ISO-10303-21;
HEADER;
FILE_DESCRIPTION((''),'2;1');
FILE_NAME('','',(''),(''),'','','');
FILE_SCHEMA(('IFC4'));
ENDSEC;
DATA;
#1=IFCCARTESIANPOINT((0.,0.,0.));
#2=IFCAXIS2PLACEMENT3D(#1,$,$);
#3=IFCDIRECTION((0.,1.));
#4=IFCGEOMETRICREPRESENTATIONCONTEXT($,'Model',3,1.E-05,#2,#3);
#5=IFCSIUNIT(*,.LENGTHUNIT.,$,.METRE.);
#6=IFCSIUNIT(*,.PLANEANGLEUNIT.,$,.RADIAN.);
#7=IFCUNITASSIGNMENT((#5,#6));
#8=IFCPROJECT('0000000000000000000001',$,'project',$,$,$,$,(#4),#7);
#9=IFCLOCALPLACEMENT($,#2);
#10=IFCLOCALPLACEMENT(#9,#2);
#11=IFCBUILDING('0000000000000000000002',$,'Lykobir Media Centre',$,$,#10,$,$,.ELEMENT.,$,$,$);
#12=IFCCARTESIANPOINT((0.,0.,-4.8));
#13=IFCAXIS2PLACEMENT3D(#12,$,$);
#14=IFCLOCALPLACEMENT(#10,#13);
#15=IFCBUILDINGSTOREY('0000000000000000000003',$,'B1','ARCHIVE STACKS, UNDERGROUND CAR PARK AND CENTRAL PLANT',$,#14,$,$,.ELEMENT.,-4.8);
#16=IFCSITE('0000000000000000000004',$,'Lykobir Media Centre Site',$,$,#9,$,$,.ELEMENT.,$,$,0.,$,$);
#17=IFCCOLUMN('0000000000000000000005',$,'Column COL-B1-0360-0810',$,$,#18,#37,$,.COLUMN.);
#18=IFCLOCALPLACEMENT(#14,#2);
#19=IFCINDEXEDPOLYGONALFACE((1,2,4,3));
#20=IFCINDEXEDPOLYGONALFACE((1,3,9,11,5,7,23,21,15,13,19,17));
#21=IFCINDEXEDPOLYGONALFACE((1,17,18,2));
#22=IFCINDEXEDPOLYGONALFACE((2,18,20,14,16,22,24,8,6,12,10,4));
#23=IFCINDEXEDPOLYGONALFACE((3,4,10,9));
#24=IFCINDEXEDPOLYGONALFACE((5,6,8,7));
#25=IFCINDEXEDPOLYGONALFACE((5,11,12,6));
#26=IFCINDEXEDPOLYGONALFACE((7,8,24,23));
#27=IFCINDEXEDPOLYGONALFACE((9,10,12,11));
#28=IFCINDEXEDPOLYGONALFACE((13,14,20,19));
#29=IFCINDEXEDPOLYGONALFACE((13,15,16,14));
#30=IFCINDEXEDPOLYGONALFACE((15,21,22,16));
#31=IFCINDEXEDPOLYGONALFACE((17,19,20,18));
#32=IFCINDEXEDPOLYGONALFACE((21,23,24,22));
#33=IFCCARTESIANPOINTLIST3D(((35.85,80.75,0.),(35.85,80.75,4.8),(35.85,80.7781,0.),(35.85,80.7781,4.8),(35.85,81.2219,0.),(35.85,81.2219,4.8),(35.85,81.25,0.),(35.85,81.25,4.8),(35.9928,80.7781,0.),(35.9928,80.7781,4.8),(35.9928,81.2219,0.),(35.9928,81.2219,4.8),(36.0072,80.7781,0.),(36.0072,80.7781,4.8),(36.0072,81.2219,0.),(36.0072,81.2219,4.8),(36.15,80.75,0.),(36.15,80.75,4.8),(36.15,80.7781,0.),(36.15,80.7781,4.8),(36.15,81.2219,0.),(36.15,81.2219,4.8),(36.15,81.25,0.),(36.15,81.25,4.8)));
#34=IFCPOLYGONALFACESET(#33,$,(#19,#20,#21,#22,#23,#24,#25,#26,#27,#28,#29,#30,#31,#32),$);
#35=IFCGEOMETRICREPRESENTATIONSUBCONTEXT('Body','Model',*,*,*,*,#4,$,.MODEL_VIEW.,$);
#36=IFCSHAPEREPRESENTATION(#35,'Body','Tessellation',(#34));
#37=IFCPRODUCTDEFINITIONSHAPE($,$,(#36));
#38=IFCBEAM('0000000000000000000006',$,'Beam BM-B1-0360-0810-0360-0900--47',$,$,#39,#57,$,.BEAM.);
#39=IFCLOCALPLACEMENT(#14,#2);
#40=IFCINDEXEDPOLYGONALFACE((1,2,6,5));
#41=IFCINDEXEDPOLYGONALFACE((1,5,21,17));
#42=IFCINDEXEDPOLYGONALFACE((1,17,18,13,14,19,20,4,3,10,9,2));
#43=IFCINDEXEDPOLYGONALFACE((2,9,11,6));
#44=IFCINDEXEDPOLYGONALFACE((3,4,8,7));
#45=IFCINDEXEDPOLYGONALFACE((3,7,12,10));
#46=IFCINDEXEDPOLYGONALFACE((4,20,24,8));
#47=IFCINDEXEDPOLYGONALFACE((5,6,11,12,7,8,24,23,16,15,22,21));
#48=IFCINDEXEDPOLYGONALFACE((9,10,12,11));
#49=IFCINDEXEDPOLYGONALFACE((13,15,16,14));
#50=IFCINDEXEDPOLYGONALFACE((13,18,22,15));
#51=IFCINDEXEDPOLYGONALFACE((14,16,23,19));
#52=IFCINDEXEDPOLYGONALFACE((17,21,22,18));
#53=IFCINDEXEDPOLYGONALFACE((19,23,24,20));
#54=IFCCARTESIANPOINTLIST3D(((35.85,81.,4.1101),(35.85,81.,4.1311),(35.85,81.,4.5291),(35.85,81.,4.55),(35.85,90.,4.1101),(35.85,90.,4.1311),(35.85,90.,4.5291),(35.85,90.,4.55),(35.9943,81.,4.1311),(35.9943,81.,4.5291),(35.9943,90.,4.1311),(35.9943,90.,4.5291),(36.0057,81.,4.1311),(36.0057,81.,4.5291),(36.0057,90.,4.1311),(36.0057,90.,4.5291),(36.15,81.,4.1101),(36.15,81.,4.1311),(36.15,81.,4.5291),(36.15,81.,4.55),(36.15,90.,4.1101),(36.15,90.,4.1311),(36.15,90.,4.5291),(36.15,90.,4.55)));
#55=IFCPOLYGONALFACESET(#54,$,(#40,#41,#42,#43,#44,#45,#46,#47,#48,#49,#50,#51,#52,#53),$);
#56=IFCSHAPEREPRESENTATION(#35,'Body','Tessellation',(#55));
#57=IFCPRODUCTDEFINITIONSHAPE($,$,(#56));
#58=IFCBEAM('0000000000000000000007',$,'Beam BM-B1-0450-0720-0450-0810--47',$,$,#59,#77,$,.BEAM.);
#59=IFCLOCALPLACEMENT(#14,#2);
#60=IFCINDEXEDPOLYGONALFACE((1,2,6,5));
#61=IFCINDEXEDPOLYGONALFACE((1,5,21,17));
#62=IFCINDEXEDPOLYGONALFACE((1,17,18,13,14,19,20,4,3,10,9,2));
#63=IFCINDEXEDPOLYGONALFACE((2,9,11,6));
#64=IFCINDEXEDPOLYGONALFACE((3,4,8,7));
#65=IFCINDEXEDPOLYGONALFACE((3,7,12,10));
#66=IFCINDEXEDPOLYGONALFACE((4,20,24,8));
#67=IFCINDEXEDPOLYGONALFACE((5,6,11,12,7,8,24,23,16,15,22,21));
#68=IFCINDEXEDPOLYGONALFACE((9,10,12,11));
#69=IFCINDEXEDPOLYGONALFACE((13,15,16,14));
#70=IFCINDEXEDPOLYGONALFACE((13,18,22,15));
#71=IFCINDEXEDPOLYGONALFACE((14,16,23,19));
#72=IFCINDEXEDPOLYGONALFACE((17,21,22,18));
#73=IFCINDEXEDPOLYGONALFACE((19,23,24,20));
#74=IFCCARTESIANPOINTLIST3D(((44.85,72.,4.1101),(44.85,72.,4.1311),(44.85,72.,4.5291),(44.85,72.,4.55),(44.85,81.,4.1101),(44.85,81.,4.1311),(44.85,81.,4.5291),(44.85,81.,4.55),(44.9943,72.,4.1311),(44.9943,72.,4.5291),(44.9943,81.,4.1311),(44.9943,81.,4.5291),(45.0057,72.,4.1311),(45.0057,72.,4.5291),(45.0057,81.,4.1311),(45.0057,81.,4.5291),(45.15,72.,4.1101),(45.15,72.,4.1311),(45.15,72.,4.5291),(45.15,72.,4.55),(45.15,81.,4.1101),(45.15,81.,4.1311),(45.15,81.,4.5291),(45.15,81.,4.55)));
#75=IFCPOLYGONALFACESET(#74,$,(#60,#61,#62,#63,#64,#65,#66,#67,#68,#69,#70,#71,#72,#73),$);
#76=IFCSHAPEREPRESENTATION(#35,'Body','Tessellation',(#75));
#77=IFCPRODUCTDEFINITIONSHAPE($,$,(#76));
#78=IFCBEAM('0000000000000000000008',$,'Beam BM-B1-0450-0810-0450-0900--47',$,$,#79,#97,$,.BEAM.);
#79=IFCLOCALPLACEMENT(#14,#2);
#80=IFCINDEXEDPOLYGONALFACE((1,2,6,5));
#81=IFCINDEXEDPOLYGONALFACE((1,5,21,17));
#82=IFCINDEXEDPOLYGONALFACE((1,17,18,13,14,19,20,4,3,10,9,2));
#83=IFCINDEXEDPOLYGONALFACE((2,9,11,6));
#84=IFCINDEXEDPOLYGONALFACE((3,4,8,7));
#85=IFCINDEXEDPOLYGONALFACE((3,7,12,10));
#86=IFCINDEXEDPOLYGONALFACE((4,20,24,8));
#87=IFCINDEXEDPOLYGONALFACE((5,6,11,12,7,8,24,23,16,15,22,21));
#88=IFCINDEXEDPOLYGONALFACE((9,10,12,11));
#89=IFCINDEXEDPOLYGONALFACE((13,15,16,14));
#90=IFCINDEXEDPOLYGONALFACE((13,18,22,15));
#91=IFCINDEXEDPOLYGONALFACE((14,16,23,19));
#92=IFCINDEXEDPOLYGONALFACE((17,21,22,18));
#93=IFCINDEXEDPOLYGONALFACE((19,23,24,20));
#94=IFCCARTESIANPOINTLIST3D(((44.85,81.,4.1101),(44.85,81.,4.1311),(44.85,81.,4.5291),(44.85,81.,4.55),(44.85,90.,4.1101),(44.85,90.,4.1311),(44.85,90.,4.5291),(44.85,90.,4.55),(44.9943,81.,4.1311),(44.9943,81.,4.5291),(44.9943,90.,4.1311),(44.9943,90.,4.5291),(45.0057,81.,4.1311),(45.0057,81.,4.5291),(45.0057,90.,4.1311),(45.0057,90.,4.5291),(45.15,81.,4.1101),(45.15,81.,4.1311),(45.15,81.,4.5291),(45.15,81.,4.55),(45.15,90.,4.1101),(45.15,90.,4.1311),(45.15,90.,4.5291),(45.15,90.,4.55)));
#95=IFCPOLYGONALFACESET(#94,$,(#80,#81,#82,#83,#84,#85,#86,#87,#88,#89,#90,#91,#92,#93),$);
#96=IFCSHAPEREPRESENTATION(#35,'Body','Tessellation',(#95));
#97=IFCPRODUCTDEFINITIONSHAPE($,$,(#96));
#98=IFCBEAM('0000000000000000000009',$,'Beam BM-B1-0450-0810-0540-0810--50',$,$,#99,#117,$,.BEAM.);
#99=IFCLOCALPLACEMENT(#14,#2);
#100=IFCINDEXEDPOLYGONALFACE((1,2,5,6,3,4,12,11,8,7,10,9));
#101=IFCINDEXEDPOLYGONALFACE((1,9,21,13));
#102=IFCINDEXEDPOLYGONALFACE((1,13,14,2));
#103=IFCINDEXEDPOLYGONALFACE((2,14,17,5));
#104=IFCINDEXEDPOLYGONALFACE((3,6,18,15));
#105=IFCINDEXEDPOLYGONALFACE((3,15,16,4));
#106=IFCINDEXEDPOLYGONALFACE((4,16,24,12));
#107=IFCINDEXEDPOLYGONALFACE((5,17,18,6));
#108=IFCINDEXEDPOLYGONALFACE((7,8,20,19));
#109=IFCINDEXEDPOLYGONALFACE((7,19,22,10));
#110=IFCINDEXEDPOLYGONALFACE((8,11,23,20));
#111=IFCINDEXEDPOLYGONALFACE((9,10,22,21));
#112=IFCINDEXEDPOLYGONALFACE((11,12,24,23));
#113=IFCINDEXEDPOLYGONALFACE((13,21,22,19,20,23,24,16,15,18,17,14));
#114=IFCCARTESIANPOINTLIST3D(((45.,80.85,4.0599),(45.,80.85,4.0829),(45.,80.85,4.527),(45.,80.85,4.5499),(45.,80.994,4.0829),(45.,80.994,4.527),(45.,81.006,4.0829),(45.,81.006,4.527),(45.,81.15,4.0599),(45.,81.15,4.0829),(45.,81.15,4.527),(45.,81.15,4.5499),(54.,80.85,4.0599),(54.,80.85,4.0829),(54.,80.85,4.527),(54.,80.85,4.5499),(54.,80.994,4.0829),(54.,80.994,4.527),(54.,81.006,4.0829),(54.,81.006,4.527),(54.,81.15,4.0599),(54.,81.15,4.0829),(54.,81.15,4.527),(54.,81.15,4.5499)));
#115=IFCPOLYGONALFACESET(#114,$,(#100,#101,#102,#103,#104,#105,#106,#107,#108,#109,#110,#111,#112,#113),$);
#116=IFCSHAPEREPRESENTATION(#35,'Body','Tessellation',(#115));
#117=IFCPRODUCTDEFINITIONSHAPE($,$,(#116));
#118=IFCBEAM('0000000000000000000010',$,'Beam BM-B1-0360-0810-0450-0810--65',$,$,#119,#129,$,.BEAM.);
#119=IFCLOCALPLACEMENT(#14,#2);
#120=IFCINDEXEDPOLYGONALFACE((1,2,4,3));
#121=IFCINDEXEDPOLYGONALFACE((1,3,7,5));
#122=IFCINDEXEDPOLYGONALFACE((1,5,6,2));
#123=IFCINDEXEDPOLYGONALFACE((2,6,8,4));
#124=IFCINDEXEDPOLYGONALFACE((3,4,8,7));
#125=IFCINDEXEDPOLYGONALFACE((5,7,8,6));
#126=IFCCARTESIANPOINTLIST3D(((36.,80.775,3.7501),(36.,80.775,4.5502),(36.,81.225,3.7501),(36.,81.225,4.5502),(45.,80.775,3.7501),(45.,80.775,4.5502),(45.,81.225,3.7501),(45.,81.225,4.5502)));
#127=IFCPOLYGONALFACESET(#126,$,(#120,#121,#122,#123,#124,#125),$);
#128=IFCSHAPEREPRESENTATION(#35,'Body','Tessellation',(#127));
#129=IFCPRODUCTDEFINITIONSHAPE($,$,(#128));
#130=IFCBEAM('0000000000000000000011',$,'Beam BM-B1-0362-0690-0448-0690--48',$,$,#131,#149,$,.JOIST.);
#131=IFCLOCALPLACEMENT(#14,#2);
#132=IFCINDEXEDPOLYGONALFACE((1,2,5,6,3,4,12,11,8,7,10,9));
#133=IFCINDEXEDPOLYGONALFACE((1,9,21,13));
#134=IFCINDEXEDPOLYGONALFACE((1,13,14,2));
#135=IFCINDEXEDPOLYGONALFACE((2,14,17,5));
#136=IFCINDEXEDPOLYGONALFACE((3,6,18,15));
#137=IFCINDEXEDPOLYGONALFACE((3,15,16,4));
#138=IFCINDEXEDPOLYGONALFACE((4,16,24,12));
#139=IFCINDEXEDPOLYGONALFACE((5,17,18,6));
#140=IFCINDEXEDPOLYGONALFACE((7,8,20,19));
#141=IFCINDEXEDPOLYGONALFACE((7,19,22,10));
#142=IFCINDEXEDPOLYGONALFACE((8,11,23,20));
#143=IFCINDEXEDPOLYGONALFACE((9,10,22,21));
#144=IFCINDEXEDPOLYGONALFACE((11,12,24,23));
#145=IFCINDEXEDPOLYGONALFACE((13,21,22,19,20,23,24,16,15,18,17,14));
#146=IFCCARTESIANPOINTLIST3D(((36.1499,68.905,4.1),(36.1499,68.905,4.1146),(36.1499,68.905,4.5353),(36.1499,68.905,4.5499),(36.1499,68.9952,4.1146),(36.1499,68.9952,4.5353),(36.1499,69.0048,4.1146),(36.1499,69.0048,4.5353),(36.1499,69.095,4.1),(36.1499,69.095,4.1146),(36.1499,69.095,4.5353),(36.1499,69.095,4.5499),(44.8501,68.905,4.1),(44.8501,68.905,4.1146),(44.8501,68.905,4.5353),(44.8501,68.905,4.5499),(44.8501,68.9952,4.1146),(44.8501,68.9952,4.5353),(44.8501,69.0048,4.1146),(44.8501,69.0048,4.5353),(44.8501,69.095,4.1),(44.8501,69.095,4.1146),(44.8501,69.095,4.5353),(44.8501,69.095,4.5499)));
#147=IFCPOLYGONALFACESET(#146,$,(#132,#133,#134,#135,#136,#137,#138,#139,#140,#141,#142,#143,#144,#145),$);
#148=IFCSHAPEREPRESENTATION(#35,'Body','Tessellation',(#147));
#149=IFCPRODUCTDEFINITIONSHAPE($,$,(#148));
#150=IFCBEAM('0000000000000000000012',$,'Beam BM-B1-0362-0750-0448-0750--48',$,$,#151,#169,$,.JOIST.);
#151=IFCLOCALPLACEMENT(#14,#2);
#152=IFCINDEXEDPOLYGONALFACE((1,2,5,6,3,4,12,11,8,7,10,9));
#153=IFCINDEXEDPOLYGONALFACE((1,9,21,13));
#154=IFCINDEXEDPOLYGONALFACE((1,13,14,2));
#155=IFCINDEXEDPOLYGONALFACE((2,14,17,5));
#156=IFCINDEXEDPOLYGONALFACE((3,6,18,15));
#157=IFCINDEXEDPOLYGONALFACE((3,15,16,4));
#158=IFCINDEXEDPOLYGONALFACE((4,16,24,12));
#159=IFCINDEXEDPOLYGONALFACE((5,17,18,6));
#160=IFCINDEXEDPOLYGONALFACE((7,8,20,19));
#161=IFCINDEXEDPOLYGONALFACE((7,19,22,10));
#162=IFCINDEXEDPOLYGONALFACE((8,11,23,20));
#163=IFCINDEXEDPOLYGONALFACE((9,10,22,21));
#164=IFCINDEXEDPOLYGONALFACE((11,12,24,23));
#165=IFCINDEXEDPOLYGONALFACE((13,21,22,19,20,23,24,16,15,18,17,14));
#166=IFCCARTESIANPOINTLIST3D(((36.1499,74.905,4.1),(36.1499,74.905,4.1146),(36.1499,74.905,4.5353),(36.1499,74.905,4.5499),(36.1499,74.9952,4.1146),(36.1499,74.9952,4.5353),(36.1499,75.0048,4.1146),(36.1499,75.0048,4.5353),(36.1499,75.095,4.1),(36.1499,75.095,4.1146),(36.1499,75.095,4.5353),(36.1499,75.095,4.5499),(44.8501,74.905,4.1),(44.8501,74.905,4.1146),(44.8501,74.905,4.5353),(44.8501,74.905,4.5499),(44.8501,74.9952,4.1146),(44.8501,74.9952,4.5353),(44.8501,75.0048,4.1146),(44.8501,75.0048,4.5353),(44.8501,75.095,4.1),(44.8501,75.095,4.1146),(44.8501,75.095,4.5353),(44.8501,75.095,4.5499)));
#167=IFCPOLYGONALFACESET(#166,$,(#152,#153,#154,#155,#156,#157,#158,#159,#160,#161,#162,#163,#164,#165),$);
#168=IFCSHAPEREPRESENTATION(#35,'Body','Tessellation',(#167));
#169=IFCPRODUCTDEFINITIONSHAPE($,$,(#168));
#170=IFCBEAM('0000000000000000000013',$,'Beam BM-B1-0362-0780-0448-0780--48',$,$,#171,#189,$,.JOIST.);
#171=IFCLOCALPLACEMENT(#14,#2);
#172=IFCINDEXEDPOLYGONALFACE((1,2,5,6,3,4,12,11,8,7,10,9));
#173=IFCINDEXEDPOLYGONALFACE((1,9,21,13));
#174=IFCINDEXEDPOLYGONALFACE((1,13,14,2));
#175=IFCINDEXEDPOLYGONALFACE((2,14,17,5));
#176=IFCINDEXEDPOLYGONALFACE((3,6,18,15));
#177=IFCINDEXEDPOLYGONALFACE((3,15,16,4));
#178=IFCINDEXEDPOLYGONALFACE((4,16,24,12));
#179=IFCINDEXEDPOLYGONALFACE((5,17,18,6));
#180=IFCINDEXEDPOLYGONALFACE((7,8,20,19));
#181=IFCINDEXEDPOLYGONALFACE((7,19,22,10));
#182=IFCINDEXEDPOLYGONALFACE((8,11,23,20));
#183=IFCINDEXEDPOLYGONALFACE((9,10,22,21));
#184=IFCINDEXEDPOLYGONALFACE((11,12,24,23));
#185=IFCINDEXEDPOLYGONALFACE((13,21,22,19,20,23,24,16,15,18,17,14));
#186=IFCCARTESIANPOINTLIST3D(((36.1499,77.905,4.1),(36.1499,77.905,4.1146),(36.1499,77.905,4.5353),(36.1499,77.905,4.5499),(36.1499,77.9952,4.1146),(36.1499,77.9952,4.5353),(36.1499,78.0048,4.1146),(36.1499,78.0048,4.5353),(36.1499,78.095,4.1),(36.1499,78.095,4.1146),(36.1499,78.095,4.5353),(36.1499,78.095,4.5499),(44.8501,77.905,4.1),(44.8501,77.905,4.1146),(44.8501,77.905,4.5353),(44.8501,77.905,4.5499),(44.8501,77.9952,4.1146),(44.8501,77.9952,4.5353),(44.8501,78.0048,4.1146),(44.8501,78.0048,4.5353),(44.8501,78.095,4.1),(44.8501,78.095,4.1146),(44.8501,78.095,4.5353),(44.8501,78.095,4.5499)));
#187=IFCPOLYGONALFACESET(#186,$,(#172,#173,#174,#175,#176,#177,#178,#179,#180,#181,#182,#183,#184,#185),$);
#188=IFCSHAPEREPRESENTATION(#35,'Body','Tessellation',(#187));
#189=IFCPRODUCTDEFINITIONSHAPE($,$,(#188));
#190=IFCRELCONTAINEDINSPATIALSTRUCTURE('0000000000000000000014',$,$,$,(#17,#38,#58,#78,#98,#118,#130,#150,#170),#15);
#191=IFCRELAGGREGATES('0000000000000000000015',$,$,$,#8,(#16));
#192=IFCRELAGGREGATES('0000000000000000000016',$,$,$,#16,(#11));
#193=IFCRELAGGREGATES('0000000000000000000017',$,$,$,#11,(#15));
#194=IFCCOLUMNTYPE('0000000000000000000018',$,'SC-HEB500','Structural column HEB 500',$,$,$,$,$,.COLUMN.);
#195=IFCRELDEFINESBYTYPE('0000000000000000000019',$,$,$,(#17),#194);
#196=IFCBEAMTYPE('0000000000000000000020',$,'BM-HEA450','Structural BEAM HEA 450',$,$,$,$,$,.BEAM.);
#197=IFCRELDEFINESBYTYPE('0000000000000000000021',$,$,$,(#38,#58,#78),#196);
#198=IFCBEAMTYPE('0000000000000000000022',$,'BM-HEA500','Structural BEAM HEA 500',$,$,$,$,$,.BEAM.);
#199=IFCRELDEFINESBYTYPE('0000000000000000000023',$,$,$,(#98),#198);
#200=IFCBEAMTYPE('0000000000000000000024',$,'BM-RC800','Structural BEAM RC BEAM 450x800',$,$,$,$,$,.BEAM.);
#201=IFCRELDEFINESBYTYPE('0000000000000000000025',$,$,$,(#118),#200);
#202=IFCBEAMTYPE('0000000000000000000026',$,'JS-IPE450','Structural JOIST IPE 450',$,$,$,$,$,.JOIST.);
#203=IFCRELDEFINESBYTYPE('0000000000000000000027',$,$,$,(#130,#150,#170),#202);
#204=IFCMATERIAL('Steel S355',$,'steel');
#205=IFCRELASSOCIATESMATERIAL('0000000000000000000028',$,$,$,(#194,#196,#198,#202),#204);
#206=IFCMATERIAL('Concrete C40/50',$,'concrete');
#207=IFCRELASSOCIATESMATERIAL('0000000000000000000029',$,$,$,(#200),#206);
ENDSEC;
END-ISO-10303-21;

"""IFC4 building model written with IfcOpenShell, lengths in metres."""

from ifc_helpers import new_model, si_unit, direction, frame, origin, origin_2d, place, context, subcontext, project, spatial, rectangle, i_section, extrude, material, material_profile, profile_set, type_object, element, save


model = new_model("IFC4")

# Units and contexts
model_context = context("Model", 3, precision=1e-05, world=origin(), true_north=direction((0.0, 1.0)))
body_context = subcontext(model_context, "Body", "Model", "MODEL_VIEW")
ifc_project = project(units=[si_unit("LENGTHUNIT", "METRE"), si_unit("PLANEANGLEUNIT", "RADIAN")], contexts=[model_context])

# Site, building, storey
site_placement = place(None, origin())
site = spatial("IfcSite", under=ifc_project, at=site_placement, Name="Lykobir Media Centre Site", CompositionType="ELEMENT", RefElevation=0.0)
building_placement = place(site_placement, origin())
building = spatial("IfcBuilding", under=site, at=building_placement, Name="Lykobir Media Centre", CompositionType="ELEMENT")
storey_placement = place(building_placement, frame((0.0, 0.0, -4.8)))
storey = spatial("IfcBuildingStorey", under=building, at=storey_placement, Name="B1", Description="ARCHIVE STACKS, UNDERGROUND CAR PARK AND CENTRAL PLANT", CompositionType="ELEMENT", Elevation=-4.8)

# Column
ifc_material_1 = material(Name="Concrete C40/50", Category="concrete")
ifc_material_2 = material(Name="Steel S355", Category="steel")
ifc_material_profile_1 = material_profile(ifc_material_2, i_section(OverallWidth=0.3, OverallDepth=0.5, WebThickness=0.0144, FlangeThickness=0.0281, at=origin_2d()), Name="HEB 500")
ifc_profile_set_1 = profile_set([ifc_material_profile_1], Name="Steel S355")
column_type_1 = type_object("IfcColumnType", Name="SC-HEB500", Description="Structural column HEB 500", PredefinedType="COLUMN", material=ifc_profile_set_1)
column_placement = place(storey_placement, frame((36.0, 81.0, 0.0), z_axis=(0.0, 0.0, 1.0), x_axis=(1.0, 0.0, 0.0)))
element("IfcColumn", 1, at=column_placement, inside=storey, type_object=column_type_1, Name="Column COL-B1-0360-0810", PredefinedType="COLUMN", context=body_context, shape_type="SweptSolid", body=[
    extrude(i_section(OverallWidth=0.3, OverallDepth=0.5, WebThickness=0.0144, FlangeThickness=0.0281, at=origin_2d()), origin(), (0.0, 0.0, 1.0), 4.8),
])

# Beams
ifc_material_profile_2 = material_profile(ifc_material_2, i_section(OverallWidth=0.3, OverallDepth=0.4399, WebThickness=0.0115, FlangeThickness=0.021, at=origin_2d()), Name="HEA 450")
ifc_profile_set_2 = profile_set([ifc_material_profile_2], Name="Steel S355")
beam_type_1 = type_object("IfcBeamType", Name="BM-HEA450", Description="Structural BEAM HEA 450", PredefinedType="BEAM", material=ifc_profile_set_2)
for number, where, z_axis, x_axis, name in (
    (2, (36.0, 81.0, 4.3301), (0.0, 1.0, 0.0), (-1.0, 0.0, 0.0), "Beam BM-B1-0360-0810-0360-0900--47"),
    (3, (45.0, 72.0, 4.3301), (0.0, 1.0, 0.0), (-1.0, 0.0, 0.0), "Beam BM-B1-0450-0720-0450-0810--47"),
    (4, (45.0, 81.0, 4.3301), (0.0, 1.0, 0.0), (-1.0, 0.0, 0.0), "Beam BM-B1-0450-0810-0450-0900--47"),
):
    element("IfcBeam", number, at=place(storey_placement, frame(where, z_axis=z_axis, x_axis=x_axis)), inside=storey, type_object=beam_type_1, Name=name, PredefinedType="BEAM", context=body_context, shape_type="SweptSolid", body=[
        extrude(i_section(OverallWidth=0.3, OverallDepth=0.4399, WebThickness=0.0115, FlangeThickness=0.021, at=origin_2d()), origin(), (0.0, 0.0, 1.0), 9.0),
    ])
ifc_material_profile_3 = material_profile(ifc_material_2, i_section(OverallWidth=0.3, OverallDepth=0.49, WebThickness=0.012, FlangeThickness=0.0229, at=origin_2d()), Name="HEA 500")
ifc_profile_set_3 = profile_set([ifc_material_profile_3], Name="Steel S355")
beam_type_2 = type_object("IfcBeamType", Name="BM-HEA500", Description="Structural BEAM HEA 500", PredefinedType="BEAM", material=ifc_profile_set_3)
beam_1_placement = place(storey_placement, frame((45.0, 81.0, 4.3049), z_axis=(1.0, 0.0, 0.0), x_axis=(0.0, 1.0, 0.0)))
element("IfcBeam", 5, at=beam_1_placement, inside=storey, type_object=beam_type_2, Name="Beam BM-B1-0450-0810-0540-0810--50", PredefinedType="BEAM", context=body_context, shape_type="SweptSolid", body=[
    extrude(i_section(OverallWidth=0.3, OverallDepth=0.49, WebThickness=0.012, FlangeThickness=0.0229, at=origin_2d()), origin(), (0.0, 0.0, 1.0), 9.0),
])
ifc_material_profile_4 = material_profile(ifc_material_1, rectangle(XDim=0.45, YDim=0.8, at=origin_2d()), Name="RC BEAM 450x800")
ifc_profile_set_4 = profile_set([ifc_material_profile_4], Name="Concrete C40/50")
beam_type_3 = type_object("IfcBeamType", Name="BM-RC800", Description="Structural BEAM RC BEAM 450x800", PredefinedType="BEAM", material=ifc_profile_set_4)
beam_2_placement = place(storey_placement, frame((36.0, 81.0, 4.1501), z_axis=(1.0, 0.0, 0.0), x_axis=(0.0, 1.0, 0.0)))
element("IfcBeam", 6, at=beam_2_placement, inside=storey, type_object=beam_type_3, Name="Beam BM-B1-0360-0810-0450-0810--65", PredefinedType="BEAM", context=body_context, shape_type="SweptSolid", body=[
    extrude(rectangle(XDim=0.45, YDim=0.8, at=origin_2d()), origin(), (0.0, 0.0, 1.0), 9.0),
])
ifc_material_profile_5 = material_profile(ifc_material_2, i_section(OverallWidth=0.1899, OverallDepth=0.45, WebThickness=0.0095, FlangeThickness=0.0146, at=origin_2d()), Name="IPE 450")
ifc_profile_set_5 = profile_set([ifc_material_profile_5], Name="Steel S355")
beam_type_4 = type_object("IfcBeamType", Name="JS-IPE450", Description="Structural JOIST IPE 450", PredefinedType="JOIST", material=ifc_profile_set_5)
for number, where, z_axis, x_axis, name in (
    (7, (36.1499, 69.0, 4.325), (1.0, 0.0, 0.0), (0.0, 1.0, 0.0), "Beam BM-B1-0362-0690-0448-0690--48"),
    (8, (36.1499, 75.0, 4.325), (1.0, 0.0, 0.0), (0.0, 1.0, 0.0), "Beam BM-B1-0362-0750-0448-0750--48"),
    (9, (36.1499, 78.0, 4.325), (1.0, 0.0, 0.0), (0.0, 1.0, 0.0), "Beam BM-B1-0362-0780-0448-0780--48"),
):
    element("IfcBeam", number, at=place(storey_placement, frame(where, z_axis=z_axis, x_axis=x_axis)), inside=storey, type_object=beam_type_4, Name=name, PredefinedType="JOIST", context=body_context, shape_type="SweptSolid", body=[
        extrude(i_section(OverallWidth=0.1899, OverallDepth=0.45, WebThickness=0.0095, FlangeThickness=0.0146, at=origin_2d()), origin(), (0.0, 0.0, 1.0), 8.7002),
    ])

save(model, "model.ifc")
